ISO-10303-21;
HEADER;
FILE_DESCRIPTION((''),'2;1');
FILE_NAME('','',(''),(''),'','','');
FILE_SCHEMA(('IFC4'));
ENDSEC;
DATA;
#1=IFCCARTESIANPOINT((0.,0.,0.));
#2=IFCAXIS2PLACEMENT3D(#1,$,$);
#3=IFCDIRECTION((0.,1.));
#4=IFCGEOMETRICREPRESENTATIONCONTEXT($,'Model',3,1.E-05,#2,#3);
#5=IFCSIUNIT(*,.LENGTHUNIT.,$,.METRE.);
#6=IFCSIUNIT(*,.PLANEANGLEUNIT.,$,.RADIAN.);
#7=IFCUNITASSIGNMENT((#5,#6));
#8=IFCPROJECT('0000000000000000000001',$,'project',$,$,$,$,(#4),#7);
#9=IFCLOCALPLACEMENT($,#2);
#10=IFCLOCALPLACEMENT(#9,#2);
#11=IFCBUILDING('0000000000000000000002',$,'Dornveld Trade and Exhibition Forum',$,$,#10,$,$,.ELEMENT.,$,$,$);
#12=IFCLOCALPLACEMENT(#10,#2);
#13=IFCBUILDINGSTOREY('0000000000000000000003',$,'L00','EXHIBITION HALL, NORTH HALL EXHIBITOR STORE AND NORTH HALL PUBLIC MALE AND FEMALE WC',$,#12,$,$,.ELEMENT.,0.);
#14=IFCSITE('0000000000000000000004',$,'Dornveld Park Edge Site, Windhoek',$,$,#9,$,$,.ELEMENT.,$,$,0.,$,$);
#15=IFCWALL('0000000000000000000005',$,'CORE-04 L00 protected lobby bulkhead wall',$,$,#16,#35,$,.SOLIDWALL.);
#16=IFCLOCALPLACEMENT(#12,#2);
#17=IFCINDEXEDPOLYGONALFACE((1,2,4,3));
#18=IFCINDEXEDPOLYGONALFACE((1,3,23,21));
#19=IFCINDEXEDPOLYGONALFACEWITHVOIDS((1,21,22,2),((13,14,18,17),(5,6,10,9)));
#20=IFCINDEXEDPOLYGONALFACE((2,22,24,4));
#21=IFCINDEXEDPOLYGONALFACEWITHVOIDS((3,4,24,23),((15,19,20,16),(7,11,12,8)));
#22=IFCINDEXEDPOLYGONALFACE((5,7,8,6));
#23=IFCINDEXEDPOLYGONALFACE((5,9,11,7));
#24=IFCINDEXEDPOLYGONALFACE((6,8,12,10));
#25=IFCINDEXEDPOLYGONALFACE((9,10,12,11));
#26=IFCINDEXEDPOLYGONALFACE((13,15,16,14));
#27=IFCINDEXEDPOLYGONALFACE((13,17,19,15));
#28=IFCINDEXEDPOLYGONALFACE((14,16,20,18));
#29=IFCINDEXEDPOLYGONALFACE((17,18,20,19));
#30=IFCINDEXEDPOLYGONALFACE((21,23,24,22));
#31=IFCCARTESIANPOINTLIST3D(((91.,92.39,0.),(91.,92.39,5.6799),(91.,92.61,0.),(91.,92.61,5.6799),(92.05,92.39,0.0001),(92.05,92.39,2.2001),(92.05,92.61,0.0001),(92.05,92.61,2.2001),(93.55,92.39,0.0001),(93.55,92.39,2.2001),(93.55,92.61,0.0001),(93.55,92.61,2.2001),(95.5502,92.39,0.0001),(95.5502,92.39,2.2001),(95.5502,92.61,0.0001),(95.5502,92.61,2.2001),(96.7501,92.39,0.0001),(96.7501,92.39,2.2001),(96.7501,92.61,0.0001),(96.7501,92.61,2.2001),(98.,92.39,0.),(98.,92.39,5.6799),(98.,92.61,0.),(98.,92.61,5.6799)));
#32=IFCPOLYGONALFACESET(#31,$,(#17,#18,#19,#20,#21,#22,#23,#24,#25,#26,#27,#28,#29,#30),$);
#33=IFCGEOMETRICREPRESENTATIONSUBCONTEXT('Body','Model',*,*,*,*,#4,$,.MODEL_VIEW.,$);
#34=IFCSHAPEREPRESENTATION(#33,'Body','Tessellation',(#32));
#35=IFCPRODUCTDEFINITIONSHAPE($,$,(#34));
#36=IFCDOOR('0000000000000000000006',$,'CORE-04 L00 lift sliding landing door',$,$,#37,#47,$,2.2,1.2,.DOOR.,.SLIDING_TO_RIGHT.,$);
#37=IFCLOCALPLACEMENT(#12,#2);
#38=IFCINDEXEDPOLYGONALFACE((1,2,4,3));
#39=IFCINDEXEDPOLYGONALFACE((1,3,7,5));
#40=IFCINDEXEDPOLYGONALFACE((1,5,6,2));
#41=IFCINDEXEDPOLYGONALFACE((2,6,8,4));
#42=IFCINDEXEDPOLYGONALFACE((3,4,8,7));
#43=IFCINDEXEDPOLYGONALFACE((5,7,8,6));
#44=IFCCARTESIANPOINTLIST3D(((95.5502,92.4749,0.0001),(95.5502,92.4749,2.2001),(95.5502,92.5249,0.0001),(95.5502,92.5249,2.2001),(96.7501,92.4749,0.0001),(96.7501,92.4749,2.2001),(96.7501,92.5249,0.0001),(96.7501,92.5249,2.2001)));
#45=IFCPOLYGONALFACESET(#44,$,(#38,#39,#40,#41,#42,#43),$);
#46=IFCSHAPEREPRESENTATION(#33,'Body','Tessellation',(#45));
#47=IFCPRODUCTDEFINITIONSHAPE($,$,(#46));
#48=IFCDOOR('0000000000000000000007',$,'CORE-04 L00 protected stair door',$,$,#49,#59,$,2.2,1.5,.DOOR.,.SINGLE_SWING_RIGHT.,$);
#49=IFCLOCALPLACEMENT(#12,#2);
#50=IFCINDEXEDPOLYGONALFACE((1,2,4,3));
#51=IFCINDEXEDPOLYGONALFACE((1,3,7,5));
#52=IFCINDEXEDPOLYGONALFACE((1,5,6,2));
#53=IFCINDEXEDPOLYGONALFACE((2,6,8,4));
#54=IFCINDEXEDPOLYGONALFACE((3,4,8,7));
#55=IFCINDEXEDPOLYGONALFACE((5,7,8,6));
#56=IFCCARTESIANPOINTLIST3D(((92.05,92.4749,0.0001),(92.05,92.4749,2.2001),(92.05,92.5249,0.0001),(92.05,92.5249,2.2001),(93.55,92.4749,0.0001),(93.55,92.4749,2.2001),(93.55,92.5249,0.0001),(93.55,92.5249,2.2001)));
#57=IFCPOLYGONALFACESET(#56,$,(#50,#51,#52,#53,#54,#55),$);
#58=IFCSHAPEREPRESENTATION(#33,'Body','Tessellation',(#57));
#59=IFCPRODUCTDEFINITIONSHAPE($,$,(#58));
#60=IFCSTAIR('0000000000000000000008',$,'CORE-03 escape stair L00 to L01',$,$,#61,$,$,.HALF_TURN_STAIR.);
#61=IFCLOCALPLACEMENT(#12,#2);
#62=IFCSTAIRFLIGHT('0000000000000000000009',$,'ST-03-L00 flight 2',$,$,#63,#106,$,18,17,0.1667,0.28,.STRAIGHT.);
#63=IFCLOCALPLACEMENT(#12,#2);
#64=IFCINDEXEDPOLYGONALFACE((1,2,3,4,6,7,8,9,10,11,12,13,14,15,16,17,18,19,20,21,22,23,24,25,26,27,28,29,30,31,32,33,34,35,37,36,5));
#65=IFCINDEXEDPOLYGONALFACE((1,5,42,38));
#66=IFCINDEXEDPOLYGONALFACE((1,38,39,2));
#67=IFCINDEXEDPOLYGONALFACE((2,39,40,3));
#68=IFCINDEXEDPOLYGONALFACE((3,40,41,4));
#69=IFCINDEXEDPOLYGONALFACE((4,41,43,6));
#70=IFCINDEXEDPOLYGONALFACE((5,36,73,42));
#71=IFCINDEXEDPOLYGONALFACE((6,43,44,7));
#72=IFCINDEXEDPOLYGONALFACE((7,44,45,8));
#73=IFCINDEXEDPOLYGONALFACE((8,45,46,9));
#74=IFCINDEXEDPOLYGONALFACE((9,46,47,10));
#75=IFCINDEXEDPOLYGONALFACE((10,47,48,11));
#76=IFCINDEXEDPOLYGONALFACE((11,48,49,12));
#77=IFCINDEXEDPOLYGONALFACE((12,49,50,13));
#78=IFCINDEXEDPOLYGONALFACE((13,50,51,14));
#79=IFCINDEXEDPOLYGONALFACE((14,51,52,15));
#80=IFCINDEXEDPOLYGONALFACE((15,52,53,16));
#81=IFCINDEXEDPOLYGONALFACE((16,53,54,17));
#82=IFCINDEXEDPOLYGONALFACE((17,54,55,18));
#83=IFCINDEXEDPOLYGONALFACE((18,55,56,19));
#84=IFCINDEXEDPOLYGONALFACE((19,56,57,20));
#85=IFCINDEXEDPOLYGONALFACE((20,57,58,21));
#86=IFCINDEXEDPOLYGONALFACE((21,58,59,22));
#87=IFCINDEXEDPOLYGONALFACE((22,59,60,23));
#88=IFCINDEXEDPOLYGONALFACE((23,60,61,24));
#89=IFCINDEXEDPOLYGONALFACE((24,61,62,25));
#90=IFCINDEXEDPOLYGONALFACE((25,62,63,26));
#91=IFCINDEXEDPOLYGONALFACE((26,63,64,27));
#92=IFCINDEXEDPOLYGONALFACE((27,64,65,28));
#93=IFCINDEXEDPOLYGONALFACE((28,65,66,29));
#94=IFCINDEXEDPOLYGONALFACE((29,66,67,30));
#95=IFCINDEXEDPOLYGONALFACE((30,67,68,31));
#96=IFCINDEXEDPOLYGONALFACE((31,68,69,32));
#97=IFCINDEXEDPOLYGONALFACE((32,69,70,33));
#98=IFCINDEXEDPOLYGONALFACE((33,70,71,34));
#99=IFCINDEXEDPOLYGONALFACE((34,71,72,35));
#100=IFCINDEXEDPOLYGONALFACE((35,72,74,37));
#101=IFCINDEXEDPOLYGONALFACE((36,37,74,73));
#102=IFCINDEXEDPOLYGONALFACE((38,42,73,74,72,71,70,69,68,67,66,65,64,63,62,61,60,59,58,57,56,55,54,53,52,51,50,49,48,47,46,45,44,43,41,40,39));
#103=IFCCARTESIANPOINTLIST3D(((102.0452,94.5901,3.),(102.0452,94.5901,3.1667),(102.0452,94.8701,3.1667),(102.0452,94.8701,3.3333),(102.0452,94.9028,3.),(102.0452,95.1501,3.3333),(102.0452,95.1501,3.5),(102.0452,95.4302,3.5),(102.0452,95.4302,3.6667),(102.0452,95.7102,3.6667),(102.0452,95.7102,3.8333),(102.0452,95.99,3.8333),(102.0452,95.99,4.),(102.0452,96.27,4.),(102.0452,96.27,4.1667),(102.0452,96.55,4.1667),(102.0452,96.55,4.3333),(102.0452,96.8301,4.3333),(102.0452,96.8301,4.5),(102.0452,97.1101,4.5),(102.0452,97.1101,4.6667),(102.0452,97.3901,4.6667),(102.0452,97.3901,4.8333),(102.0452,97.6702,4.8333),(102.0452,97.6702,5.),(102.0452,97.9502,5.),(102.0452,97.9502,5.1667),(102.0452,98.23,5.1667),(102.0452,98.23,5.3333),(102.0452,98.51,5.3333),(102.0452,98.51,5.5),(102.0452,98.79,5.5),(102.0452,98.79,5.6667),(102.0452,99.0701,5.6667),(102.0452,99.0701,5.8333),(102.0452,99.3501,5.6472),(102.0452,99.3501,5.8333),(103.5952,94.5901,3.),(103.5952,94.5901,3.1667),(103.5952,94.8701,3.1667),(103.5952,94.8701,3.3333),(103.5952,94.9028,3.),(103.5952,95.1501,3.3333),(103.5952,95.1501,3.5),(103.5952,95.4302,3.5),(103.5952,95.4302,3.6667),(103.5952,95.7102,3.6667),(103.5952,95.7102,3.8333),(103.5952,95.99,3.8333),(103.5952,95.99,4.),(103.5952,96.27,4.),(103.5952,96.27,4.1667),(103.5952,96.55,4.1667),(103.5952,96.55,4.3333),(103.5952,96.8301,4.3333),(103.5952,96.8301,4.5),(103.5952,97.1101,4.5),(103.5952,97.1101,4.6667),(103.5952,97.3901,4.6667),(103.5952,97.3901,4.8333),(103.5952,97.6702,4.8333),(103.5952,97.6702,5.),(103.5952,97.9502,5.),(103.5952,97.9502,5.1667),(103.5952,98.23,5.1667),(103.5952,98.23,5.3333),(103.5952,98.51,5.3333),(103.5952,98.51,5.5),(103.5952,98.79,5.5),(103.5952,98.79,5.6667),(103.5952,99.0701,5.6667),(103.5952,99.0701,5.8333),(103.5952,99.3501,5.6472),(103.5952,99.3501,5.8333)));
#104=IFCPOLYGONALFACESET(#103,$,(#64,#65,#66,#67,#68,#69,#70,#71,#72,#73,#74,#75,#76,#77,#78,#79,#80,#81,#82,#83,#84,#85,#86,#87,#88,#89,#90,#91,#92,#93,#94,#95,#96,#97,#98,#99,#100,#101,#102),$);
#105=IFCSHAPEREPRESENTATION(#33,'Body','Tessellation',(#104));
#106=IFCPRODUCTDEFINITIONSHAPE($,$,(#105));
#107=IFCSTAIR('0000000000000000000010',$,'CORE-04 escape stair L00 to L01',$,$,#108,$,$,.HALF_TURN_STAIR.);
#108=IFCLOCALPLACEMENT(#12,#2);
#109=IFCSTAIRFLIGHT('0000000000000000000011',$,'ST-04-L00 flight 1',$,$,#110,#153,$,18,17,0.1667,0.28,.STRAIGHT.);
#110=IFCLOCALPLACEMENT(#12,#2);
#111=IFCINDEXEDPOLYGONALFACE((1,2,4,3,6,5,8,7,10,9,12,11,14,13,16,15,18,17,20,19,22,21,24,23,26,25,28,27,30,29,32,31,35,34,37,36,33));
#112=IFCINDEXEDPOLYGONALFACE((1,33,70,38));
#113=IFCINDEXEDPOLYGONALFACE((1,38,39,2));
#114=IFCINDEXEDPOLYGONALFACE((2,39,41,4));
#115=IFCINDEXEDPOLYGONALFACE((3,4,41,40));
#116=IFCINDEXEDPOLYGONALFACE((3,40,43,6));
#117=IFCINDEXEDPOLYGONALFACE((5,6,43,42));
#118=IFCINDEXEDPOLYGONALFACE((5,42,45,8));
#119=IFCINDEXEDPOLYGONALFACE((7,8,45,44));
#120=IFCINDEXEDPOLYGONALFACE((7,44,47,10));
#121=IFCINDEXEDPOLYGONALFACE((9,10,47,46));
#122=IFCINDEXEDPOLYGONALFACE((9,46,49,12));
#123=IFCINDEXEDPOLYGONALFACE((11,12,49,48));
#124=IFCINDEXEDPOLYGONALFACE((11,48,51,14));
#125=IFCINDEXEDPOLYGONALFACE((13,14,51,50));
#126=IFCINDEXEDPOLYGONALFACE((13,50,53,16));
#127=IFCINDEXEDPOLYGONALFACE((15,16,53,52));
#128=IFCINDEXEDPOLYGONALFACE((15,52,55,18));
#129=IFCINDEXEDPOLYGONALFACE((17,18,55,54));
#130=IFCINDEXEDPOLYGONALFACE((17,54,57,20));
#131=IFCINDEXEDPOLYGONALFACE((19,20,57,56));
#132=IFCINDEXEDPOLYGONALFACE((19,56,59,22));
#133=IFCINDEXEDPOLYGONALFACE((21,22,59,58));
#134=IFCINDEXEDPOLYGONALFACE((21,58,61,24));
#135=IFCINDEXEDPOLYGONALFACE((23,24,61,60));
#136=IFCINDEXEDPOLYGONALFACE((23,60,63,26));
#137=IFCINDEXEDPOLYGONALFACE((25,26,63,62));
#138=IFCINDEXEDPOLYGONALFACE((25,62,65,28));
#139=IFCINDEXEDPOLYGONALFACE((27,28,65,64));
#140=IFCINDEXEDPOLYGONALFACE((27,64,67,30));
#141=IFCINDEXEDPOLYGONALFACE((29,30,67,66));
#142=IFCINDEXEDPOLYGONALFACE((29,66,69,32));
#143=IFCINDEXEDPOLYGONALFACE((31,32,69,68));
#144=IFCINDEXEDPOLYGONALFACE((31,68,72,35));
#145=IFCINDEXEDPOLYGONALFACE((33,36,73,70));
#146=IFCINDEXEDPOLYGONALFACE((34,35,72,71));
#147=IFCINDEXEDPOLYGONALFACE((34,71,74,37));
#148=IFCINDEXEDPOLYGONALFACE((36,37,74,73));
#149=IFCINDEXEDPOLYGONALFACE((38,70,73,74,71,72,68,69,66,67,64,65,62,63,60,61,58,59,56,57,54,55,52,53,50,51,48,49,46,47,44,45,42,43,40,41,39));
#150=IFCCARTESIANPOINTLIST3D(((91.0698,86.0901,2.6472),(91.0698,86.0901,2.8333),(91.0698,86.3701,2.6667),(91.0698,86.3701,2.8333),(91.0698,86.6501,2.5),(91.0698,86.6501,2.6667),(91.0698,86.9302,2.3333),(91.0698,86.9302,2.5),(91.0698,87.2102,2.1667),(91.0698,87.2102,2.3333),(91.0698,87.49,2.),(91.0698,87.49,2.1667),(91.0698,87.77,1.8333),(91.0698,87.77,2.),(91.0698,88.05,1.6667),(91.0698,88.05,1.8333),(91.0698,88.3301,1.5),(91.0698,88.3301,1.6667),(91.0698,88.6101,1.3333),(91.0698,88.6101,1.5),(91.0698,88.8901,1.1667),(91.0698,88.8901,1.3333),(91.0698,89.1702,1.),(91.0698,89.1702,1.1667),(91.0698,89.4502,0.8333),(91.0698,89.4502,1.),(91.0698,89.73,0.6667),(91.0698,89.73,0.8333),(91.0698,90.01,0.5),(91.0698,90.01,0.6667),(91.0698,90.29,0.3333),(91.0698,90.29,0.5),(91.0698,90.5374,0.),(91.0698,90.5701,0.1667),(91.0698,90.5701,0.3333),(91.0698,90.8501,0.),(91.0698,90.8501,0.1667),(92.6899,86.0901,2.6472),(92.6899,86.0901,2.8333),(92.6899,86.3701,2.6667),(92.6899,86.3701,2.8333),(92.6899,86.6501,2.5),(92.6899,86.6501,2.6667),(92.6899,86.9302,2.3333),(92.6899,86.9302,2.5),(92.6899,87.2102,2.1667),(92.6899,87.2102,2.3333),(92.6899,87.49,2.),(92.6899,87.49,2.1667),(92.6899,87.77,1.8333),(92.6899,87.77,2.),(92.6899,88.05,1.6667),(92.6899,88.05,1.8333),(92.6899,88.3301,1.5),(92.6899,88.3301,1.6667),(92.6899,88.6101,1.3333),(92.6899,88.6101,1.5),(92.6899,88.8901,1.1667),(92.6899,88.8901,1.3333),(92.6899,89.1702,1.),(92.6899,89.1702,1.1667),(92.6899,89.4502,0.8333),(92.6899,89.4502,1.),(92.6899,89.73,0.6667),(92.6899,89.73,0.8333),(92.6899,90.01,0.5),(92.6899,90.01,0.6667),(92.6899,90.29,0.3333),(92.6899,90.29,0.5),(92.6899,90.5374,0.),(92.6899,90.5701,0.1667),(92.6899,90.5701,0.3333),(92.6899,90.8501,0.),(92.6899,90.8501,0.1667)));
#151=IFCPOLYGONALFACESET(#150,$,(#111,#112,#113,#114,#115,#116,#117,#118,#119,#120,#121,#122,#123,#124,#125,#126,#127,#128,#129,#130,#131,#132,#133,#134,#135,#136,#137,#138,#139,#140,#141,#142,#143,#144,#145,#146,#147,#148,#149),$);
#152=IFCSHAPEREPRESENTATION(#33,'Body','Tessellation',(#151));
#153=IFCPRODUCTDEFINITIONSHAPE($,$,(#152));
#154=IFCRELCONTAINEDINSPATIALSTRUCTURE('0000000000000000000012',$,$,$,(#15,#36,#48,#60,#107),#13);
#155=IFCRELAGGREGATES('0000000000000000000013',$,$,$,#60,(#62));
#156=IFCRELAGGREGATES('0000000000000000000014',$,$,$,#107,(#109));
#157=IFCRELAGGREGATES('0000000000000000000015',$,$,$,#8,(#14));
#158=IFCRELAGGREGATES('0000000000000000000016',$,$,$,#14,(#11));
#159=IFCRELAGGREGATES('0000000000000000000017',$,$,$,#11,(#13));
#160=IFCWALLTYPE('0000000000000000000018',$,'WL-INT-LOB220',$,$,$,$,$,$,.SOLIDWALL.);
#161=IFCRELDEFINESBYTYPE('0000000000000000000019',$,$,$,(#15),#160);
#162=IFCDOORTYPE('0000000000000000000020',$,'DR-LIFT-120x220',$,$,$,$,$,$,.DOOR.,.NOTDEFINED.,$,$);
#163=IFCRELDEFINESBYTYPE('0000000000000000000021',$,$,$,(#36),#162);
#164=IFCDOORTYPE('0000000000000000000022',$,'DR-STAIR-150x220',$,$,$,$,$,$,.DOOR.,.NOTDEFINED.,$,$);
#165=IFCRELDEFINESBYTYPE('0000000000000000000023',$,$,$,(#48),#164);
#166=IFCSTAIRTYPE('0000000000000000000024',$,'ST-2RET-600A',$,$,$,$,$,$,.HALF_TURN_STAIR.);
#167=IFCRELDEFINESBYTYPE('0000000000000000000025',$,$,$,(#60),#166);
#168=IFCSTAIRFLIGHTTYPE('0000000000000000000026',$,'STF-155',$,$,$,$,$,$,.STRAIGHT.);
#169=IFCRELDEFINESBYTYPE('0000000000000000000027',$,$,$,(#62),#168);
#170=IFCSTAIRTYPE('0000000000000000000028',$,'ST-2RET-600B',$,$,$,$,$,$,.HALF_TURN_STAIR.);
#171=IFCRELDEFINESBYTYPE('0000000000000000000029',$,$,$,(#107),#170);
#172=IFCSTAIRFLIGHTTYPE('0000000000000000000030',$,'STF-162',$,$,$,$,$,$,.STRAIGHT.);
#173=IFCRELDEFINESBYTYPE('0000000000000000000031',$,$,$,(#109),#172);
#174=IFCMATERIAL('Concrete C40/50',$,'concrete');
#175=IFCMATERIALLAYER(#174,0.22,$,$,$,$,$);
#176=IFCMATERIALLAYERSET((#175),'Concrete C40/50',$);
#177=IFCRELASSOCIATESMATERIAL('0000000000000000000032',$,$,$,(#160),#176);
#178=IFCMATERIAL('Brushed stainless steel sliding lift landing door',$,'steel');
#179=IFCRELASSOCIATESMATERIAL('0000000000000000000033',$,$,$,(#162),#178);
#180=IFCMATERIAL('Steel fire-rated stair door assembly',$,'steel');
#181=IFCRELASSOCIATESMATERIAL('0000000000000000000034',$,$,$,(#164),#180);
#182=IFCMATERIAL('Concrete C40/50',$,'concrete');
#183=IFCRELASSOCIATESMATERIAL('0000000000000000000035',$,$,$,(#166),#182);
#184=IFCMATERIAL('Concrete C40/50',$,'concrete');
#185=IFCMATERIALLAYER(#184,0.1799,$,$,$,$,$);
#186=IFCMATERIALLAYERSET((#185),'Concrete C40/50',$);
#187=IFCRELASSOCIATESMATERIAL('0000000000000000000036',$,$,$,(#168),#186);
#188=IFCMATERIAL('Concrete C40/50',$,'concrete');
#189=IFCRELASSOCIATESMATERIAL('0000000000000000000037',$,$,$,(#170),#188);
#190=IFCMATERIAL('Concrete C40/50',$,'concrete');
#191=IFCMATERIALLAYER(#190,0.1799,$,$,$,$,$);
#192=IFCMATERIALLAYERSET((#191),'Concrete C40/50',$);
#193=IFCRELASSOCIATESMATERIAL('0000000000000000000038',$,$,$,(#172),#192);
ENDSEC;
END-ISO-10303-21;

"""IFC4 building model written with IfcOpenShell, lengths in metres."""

from ifc_helpers import new_model, si_unit, direction, frame, frame_2d, origin, place, context, subcontext, project, spatial, polyline, rectangle, outline, extrude, material, layer, layer_set, type_object, element, fill, aggregate, save


model = new_model("IFC4")

# Units and contexts
model_context = context("Model", 3, precision=1e-05, world=origin(), true_north=direction((0.0, 1.0)))
body_context = subcontext(model_context, "Body", "Model", "MODEL_VIEW")
ifc_project = project(units=[si_unit("LENGTHUNIT", "METRE"), si_unit("PLANEANGLEUNIT", "RADIAN")], contexts=[model_context])

# Site, building, storey
site_placement = place(None, origin())
site = spatial("IfcSite", under=ifc_project, at=site_placement, Name="Dornveld Park Edge Site, Windhoek", CompositionType="ELEMENT", RefElevation=0.0)
building_placement = place(site_placement, origin())
building = spatial("IfcBuilding", under=site, at=building_placement, Name="Dornveld Trade and Exhibition Forum", CompositionType="ELEMENT")
storey_placement = place(building_placement, origin())
storey = spatial("IfcBuildingStorey", under=building, at=storey_placement, Name="L00", Description="EXHIBITION HALL, NORTH HALL EXHIBITOR STORE AND NORTH HALL PUBLIC MALE AND FEMALE WC", CompositionType="ELEMENT", Elevation=0.0)

# Wall, openings, doors
ifc_material_1 = material(Name="Concrete C40/50", Category="concrete")
ifc_layer_1 = layer(ifc_material_1, 0.22)
ifc_layer_set_1 = layer_set([ifc_layer_1], Name="Concrete C40/50")
wall_type_1 = type_object("IfcWallType", Name="WL-INT-LOB220", PredefinedType="SOLIDWALL", material=ifc_layer_set_1)
wall_1_placement = place(storey_placement, frame((91.0, 92.5, 0.0), z_axis=(0.0, 0.0, 1.0), x_axis=(1.0, 0.0, 0.0)))
wall_1 = element("IfcWall", 1, at=wall_1_placement, inside=storey, type_object=wall_type_1, Name="CORE-04 L00 protected lobby bulkhead wall", PredefinedType="SOLIDWALL", context=body_context, shape_type="SweptSolid", body=[
    extrude(rectangle(XDim=7.0, YDim=0.22, at=frame_2d((3.5, 0.0))), origin(), (0.0, 0.0, 1.0), 5.6799),
])
opening_1_placement = place(wall_1_placement, frame((1.05, 0.0, 0.0)))
opening_1 = element("IfcOpeningElement", 2, at=opening_1_placement, cuts=wall_1, PredefinedType="OPENING", context=body_context, shape_type="SweptSolid", body=[
    extrude(rectangle(XDim=1.5, YDim=2.2, at=frame_2d((0.75, 1.1001))), frame((0.0, 0.1199, 0.0), z_axis=(0.0, -1.0, 0.0), x_axis=(1.0, 0.0, 0.0)), (0.0, 0.0, 1.0), 0.24),
])
opening_2_placement = place(wall_1_placement, frame((4.55, 0.0, 0.0)))
opening_2 = element("IfcOpeningElement", 3, at=opening_2_placement, cuts=wall_1, PredefinedType="OPENING", context=body_context, shape_type="SweptSolid", body=[
    extrude(rectangle(XDim=1.2, YDim=2.2, at=frame_2d((0.6001, 1.1001))), frame((0.0, 0.1199, 0.0), z_axis=(0.0, -1.0, 0.0), x_axis=(1.0, 0.0, 0.0)), (0.0, 0.0, 1.0), 0.24),
])
ifc_material_2 = material(Name="Brushed stainless steel sliding lift landing door", Category="steel")
door_type_1 = type_object("IfcDoorType", Name="DR-LIFT-120x220", OperationType="NOTDEFINED", PredefinedType="DOOR", material=ifc_material_2)
door_1_placement = place(opening_2_placement, origin())
door_1 = element("IfcDoor", 4, at=door_1_placement, inside=storey, type_object=door_type_1, Name="CORE-04 L00 lift sliding landing door", OperationType="SLIDING_TO_RIGHT", OverallHeight=2.2, OverallWidth=1.2, PredefinedType="DOOR", context=body_context, shape_type="SweptSolid", body=[
    extrude(rectangle(XDim=1.2, YDim=2.2, at=frame_2d((0.6001, 1.1001))), frame((0.0, 0.0249, 0.0), z_axis=(0.0, -1.0, 0.0), x_axis=(1.0, 0.0, 0.0)), (0.0, 0.0, 1.0), 0.05),
])
fill(opening_2, door_1)
ifc_material_3 = material(Name="Steel fire-rated stair door assembly", Category="steel")
door_type_2 = type_object("IfcDoorType", Name="DR-STAIR-150x220", OperationType="NOTDEFINED", PredefinedType="DOOR", material=ifc_material_3)
door_2_placement = place(opening_1_placement, origin())
door_2 = element("IfcDoor", 5, at=door_2_placement, inside=storey, type_object=door_type_2, Name="CORE-04 L00 protected stair door", OperationType="SINGLE_SWING_RIGHT", OverallHeight=2.2, OverallWidth=1.5, PredefinedType="DOOR", context=body_context, shape_type="SweptSolid", body=[
    extrude(rectangle(XDim=1.5, YDim=2.2, at=frame_2d((0.75, 1.1001))), frame((0.0, 0.0249, 0.0), z_axis=(0.0, -1.0, 0.0), x_axis=(1.0, 0.0, 0.0)), (0.0, 0.0, 1.0), 0.05),
])
fill(opening_1, door_2)

# Stair, stair flight
ifc_material_4 = material(Name="Concrete C40/50", Category="concrete")
stair_type_1 = type_object("IfcStairType", Name="ST-2RET-600A", PredefinedType="HALF_TURN_STAIR", material=ifc_material_4)
stair_1_placement = place(storey_placement, origin())
stair_1 = element("IfcStair", 6, at=stair_1_placement, inside=storey, type_object=stair_type_1, Name="CORE-03 escape stair L00 to L01", PredefinedType="HALF_TURN_STAIR")
ifc_material_5 = material(Name="Concrete C40/50", Category="concrete")
ifc_layer_2 = layer(ifc_material_5, 0.1799)
ifc_layer_set_2 = layer_set([ifc_layer_2], Name="Concrete C40/50")
stair_flight_type_1 = type_object("IfcStairFlightType", Name="STF-155", PredefinedType="STRAIGHT", material=ifc_layer_set_2)
stair_flight_1_placement = place(storey_placement, frame((102.8201, 94.5901, 3.0), z_axis=(0.0, 0.0, 1.0), x_axis=(0.0, 1.0, 0.0)))
stair_flight_1 = element("IfcStairFlight", 7, at=stair_flight_1_placement, type_object=stair_flight_type_1, Name="ST-03-L00 flight 2", NumberOfRisers=18, NumberOfTreads=17, PredefinedType="STRAIGHT", RiserHeight=0.1667, TreadLength=0.28, context=body_context, shape_type="SweptSolid", body=[
    extrude(outline(polyline([(0.0, 0.0), (0.0, 0.1667), (0.28, 0.1667), (0.28, 0.3333), (0.5601, 0.3333), (0.5601, 0.5), (0.8401, 0.5), (0.8401, 0.6667), (1.1201, 0.6667), (1.1201, 0.8333), (1.3999, 0.8333), (1.3999, 1.0), (1.6799, 1.0), (1.6799, 1.1667), (1.96, 1.1667), (1.96, 1.3333), (2.24, 1.3333), (2.24, 1.5), (2.52, 1.5), (2.52, 1.6667), (2.8, 1.6667), (2.8, 1.8333), (3.0801, 1.8333), (3.0801, 2.0), (3.3601, 2.0), (3.3601, 2.1667), (3.6399, 2.1667), (3.6399, 2.3333), (3.9199, 2.3333), (3.9199, 2.5), (4.2, 2.5), (4.2, 2.6667), (4.48, 2.6667), (4.48, 2.8333), (4.76, 2.8333), (4.76, 3.0), (4.76, 2.6472), (0.3127, 0.0), (0.0, 0.0)])), frame((0.0, 0.7749, 0.0), z_axis=(0.0, -1.0, 0.0), x_axis=(1.0, 0.0, 0.0)), (0.0, 0.0, 1.0), 1.55),
])
aggregate(stair_1, [stair_flight_1])

# Stair, stair flight
ifc_material_6 = material(Name="Concrete C40/50", Category="concrete")
stair_type_2 = type_object("IfcStairType", Name="ST-2RET-600B", PredefinedType="HALF_TURN_STAIR", material=ifc_material_6)
stair_2_placement = place(storey_placement, origin())
stair_2 = element("IfcStair", 8, at=stair_2_placement, inside=storey, type_object=stair_type_2, Name="CORE-04 escape stair L00 to L01", PredefinedType="HALF_TURN_STAIR")
ifc_material_7 = material(Name="Concrete C40/50", Category="concrete")
ifc_layer_3 = layer(ifc_material_7, 0.1799)
ifc_layer_set_3 = layer_set([ifc_layer_3], Name="Concrete C40/50")
stair_flight_type_2 = type_object("IfcStairFlightType", Name="STF-162", PredefinedType="STRAIGHT", material=ifc_layer_set_3)
stair_flight_2_placement = place(storey_placement, frame((91.8799, 90.8501, 0.0), z_axis=(0.0, 0.0, 1.0), x_axis=(0.0, -1.0, 0.0)))
stair_flight_2 = element("IfcStairFlight", 9, at=stair_flight_2_placement, type_object=stair_flight_type_2, Name="ST-04-L00 flight 1", NumberOfRisers=18, NumberOfTreads=17, PredefinedType="STRAIGHT", RiserHeight=0.1667, TreadLength=0.28, context=body_context, shape_type="SweptSolid", body=[
    extrude(outline(polyline([(0.0, 0.0), (0.0, 0.1667), (0.28, 0.1667), (0.28, 0.3333), (0.5601, 0.3333), (0.5601, 0.5), (0.8401, 0.5), (0.8401, 0.6667), (1.1201, 0.6667), (1.1201, 0.8333), (1.3999, 0.8333), (1.3999, 1.0), (1.6799, 1.0), (1.6799, 1.1667), (1.96, 1.1667), (1.96, 1.3333), (2.24, 1.3333), (2.24, 1.5), (2.52, 1.5), (2.52, 1.6667), (2.8, 1.6667), (2.8, 1.8333), (3.0801, 1.8333), (3.0801, 2.0), (3.3601, 2.0), (3.3601, 2.1667), (3.6399, 2.1667), (3.6399, 2.3333), (3.9199, 2.3333), (3.9199, 2.5), (4.2, 2.5), (4.2, 2.6667), (4.48, 2.6667), (4.48, 2.8333), (4.76, 2.8333), (4.76, 3.0), (4.76, 2.6472), (0.3127, 0.0), (0.0, 0.0)])), frame((0.0, 0.8101, 0.0), z_axis=(0.0, -1.0, 0.0), x_axis=(1.0, 0.0, 0.0)), (0.0, 0.0, 1.0), 1.6201),
])
aggregate(stair_2, [stair_flight_2])

save(model, "model.ifc")
